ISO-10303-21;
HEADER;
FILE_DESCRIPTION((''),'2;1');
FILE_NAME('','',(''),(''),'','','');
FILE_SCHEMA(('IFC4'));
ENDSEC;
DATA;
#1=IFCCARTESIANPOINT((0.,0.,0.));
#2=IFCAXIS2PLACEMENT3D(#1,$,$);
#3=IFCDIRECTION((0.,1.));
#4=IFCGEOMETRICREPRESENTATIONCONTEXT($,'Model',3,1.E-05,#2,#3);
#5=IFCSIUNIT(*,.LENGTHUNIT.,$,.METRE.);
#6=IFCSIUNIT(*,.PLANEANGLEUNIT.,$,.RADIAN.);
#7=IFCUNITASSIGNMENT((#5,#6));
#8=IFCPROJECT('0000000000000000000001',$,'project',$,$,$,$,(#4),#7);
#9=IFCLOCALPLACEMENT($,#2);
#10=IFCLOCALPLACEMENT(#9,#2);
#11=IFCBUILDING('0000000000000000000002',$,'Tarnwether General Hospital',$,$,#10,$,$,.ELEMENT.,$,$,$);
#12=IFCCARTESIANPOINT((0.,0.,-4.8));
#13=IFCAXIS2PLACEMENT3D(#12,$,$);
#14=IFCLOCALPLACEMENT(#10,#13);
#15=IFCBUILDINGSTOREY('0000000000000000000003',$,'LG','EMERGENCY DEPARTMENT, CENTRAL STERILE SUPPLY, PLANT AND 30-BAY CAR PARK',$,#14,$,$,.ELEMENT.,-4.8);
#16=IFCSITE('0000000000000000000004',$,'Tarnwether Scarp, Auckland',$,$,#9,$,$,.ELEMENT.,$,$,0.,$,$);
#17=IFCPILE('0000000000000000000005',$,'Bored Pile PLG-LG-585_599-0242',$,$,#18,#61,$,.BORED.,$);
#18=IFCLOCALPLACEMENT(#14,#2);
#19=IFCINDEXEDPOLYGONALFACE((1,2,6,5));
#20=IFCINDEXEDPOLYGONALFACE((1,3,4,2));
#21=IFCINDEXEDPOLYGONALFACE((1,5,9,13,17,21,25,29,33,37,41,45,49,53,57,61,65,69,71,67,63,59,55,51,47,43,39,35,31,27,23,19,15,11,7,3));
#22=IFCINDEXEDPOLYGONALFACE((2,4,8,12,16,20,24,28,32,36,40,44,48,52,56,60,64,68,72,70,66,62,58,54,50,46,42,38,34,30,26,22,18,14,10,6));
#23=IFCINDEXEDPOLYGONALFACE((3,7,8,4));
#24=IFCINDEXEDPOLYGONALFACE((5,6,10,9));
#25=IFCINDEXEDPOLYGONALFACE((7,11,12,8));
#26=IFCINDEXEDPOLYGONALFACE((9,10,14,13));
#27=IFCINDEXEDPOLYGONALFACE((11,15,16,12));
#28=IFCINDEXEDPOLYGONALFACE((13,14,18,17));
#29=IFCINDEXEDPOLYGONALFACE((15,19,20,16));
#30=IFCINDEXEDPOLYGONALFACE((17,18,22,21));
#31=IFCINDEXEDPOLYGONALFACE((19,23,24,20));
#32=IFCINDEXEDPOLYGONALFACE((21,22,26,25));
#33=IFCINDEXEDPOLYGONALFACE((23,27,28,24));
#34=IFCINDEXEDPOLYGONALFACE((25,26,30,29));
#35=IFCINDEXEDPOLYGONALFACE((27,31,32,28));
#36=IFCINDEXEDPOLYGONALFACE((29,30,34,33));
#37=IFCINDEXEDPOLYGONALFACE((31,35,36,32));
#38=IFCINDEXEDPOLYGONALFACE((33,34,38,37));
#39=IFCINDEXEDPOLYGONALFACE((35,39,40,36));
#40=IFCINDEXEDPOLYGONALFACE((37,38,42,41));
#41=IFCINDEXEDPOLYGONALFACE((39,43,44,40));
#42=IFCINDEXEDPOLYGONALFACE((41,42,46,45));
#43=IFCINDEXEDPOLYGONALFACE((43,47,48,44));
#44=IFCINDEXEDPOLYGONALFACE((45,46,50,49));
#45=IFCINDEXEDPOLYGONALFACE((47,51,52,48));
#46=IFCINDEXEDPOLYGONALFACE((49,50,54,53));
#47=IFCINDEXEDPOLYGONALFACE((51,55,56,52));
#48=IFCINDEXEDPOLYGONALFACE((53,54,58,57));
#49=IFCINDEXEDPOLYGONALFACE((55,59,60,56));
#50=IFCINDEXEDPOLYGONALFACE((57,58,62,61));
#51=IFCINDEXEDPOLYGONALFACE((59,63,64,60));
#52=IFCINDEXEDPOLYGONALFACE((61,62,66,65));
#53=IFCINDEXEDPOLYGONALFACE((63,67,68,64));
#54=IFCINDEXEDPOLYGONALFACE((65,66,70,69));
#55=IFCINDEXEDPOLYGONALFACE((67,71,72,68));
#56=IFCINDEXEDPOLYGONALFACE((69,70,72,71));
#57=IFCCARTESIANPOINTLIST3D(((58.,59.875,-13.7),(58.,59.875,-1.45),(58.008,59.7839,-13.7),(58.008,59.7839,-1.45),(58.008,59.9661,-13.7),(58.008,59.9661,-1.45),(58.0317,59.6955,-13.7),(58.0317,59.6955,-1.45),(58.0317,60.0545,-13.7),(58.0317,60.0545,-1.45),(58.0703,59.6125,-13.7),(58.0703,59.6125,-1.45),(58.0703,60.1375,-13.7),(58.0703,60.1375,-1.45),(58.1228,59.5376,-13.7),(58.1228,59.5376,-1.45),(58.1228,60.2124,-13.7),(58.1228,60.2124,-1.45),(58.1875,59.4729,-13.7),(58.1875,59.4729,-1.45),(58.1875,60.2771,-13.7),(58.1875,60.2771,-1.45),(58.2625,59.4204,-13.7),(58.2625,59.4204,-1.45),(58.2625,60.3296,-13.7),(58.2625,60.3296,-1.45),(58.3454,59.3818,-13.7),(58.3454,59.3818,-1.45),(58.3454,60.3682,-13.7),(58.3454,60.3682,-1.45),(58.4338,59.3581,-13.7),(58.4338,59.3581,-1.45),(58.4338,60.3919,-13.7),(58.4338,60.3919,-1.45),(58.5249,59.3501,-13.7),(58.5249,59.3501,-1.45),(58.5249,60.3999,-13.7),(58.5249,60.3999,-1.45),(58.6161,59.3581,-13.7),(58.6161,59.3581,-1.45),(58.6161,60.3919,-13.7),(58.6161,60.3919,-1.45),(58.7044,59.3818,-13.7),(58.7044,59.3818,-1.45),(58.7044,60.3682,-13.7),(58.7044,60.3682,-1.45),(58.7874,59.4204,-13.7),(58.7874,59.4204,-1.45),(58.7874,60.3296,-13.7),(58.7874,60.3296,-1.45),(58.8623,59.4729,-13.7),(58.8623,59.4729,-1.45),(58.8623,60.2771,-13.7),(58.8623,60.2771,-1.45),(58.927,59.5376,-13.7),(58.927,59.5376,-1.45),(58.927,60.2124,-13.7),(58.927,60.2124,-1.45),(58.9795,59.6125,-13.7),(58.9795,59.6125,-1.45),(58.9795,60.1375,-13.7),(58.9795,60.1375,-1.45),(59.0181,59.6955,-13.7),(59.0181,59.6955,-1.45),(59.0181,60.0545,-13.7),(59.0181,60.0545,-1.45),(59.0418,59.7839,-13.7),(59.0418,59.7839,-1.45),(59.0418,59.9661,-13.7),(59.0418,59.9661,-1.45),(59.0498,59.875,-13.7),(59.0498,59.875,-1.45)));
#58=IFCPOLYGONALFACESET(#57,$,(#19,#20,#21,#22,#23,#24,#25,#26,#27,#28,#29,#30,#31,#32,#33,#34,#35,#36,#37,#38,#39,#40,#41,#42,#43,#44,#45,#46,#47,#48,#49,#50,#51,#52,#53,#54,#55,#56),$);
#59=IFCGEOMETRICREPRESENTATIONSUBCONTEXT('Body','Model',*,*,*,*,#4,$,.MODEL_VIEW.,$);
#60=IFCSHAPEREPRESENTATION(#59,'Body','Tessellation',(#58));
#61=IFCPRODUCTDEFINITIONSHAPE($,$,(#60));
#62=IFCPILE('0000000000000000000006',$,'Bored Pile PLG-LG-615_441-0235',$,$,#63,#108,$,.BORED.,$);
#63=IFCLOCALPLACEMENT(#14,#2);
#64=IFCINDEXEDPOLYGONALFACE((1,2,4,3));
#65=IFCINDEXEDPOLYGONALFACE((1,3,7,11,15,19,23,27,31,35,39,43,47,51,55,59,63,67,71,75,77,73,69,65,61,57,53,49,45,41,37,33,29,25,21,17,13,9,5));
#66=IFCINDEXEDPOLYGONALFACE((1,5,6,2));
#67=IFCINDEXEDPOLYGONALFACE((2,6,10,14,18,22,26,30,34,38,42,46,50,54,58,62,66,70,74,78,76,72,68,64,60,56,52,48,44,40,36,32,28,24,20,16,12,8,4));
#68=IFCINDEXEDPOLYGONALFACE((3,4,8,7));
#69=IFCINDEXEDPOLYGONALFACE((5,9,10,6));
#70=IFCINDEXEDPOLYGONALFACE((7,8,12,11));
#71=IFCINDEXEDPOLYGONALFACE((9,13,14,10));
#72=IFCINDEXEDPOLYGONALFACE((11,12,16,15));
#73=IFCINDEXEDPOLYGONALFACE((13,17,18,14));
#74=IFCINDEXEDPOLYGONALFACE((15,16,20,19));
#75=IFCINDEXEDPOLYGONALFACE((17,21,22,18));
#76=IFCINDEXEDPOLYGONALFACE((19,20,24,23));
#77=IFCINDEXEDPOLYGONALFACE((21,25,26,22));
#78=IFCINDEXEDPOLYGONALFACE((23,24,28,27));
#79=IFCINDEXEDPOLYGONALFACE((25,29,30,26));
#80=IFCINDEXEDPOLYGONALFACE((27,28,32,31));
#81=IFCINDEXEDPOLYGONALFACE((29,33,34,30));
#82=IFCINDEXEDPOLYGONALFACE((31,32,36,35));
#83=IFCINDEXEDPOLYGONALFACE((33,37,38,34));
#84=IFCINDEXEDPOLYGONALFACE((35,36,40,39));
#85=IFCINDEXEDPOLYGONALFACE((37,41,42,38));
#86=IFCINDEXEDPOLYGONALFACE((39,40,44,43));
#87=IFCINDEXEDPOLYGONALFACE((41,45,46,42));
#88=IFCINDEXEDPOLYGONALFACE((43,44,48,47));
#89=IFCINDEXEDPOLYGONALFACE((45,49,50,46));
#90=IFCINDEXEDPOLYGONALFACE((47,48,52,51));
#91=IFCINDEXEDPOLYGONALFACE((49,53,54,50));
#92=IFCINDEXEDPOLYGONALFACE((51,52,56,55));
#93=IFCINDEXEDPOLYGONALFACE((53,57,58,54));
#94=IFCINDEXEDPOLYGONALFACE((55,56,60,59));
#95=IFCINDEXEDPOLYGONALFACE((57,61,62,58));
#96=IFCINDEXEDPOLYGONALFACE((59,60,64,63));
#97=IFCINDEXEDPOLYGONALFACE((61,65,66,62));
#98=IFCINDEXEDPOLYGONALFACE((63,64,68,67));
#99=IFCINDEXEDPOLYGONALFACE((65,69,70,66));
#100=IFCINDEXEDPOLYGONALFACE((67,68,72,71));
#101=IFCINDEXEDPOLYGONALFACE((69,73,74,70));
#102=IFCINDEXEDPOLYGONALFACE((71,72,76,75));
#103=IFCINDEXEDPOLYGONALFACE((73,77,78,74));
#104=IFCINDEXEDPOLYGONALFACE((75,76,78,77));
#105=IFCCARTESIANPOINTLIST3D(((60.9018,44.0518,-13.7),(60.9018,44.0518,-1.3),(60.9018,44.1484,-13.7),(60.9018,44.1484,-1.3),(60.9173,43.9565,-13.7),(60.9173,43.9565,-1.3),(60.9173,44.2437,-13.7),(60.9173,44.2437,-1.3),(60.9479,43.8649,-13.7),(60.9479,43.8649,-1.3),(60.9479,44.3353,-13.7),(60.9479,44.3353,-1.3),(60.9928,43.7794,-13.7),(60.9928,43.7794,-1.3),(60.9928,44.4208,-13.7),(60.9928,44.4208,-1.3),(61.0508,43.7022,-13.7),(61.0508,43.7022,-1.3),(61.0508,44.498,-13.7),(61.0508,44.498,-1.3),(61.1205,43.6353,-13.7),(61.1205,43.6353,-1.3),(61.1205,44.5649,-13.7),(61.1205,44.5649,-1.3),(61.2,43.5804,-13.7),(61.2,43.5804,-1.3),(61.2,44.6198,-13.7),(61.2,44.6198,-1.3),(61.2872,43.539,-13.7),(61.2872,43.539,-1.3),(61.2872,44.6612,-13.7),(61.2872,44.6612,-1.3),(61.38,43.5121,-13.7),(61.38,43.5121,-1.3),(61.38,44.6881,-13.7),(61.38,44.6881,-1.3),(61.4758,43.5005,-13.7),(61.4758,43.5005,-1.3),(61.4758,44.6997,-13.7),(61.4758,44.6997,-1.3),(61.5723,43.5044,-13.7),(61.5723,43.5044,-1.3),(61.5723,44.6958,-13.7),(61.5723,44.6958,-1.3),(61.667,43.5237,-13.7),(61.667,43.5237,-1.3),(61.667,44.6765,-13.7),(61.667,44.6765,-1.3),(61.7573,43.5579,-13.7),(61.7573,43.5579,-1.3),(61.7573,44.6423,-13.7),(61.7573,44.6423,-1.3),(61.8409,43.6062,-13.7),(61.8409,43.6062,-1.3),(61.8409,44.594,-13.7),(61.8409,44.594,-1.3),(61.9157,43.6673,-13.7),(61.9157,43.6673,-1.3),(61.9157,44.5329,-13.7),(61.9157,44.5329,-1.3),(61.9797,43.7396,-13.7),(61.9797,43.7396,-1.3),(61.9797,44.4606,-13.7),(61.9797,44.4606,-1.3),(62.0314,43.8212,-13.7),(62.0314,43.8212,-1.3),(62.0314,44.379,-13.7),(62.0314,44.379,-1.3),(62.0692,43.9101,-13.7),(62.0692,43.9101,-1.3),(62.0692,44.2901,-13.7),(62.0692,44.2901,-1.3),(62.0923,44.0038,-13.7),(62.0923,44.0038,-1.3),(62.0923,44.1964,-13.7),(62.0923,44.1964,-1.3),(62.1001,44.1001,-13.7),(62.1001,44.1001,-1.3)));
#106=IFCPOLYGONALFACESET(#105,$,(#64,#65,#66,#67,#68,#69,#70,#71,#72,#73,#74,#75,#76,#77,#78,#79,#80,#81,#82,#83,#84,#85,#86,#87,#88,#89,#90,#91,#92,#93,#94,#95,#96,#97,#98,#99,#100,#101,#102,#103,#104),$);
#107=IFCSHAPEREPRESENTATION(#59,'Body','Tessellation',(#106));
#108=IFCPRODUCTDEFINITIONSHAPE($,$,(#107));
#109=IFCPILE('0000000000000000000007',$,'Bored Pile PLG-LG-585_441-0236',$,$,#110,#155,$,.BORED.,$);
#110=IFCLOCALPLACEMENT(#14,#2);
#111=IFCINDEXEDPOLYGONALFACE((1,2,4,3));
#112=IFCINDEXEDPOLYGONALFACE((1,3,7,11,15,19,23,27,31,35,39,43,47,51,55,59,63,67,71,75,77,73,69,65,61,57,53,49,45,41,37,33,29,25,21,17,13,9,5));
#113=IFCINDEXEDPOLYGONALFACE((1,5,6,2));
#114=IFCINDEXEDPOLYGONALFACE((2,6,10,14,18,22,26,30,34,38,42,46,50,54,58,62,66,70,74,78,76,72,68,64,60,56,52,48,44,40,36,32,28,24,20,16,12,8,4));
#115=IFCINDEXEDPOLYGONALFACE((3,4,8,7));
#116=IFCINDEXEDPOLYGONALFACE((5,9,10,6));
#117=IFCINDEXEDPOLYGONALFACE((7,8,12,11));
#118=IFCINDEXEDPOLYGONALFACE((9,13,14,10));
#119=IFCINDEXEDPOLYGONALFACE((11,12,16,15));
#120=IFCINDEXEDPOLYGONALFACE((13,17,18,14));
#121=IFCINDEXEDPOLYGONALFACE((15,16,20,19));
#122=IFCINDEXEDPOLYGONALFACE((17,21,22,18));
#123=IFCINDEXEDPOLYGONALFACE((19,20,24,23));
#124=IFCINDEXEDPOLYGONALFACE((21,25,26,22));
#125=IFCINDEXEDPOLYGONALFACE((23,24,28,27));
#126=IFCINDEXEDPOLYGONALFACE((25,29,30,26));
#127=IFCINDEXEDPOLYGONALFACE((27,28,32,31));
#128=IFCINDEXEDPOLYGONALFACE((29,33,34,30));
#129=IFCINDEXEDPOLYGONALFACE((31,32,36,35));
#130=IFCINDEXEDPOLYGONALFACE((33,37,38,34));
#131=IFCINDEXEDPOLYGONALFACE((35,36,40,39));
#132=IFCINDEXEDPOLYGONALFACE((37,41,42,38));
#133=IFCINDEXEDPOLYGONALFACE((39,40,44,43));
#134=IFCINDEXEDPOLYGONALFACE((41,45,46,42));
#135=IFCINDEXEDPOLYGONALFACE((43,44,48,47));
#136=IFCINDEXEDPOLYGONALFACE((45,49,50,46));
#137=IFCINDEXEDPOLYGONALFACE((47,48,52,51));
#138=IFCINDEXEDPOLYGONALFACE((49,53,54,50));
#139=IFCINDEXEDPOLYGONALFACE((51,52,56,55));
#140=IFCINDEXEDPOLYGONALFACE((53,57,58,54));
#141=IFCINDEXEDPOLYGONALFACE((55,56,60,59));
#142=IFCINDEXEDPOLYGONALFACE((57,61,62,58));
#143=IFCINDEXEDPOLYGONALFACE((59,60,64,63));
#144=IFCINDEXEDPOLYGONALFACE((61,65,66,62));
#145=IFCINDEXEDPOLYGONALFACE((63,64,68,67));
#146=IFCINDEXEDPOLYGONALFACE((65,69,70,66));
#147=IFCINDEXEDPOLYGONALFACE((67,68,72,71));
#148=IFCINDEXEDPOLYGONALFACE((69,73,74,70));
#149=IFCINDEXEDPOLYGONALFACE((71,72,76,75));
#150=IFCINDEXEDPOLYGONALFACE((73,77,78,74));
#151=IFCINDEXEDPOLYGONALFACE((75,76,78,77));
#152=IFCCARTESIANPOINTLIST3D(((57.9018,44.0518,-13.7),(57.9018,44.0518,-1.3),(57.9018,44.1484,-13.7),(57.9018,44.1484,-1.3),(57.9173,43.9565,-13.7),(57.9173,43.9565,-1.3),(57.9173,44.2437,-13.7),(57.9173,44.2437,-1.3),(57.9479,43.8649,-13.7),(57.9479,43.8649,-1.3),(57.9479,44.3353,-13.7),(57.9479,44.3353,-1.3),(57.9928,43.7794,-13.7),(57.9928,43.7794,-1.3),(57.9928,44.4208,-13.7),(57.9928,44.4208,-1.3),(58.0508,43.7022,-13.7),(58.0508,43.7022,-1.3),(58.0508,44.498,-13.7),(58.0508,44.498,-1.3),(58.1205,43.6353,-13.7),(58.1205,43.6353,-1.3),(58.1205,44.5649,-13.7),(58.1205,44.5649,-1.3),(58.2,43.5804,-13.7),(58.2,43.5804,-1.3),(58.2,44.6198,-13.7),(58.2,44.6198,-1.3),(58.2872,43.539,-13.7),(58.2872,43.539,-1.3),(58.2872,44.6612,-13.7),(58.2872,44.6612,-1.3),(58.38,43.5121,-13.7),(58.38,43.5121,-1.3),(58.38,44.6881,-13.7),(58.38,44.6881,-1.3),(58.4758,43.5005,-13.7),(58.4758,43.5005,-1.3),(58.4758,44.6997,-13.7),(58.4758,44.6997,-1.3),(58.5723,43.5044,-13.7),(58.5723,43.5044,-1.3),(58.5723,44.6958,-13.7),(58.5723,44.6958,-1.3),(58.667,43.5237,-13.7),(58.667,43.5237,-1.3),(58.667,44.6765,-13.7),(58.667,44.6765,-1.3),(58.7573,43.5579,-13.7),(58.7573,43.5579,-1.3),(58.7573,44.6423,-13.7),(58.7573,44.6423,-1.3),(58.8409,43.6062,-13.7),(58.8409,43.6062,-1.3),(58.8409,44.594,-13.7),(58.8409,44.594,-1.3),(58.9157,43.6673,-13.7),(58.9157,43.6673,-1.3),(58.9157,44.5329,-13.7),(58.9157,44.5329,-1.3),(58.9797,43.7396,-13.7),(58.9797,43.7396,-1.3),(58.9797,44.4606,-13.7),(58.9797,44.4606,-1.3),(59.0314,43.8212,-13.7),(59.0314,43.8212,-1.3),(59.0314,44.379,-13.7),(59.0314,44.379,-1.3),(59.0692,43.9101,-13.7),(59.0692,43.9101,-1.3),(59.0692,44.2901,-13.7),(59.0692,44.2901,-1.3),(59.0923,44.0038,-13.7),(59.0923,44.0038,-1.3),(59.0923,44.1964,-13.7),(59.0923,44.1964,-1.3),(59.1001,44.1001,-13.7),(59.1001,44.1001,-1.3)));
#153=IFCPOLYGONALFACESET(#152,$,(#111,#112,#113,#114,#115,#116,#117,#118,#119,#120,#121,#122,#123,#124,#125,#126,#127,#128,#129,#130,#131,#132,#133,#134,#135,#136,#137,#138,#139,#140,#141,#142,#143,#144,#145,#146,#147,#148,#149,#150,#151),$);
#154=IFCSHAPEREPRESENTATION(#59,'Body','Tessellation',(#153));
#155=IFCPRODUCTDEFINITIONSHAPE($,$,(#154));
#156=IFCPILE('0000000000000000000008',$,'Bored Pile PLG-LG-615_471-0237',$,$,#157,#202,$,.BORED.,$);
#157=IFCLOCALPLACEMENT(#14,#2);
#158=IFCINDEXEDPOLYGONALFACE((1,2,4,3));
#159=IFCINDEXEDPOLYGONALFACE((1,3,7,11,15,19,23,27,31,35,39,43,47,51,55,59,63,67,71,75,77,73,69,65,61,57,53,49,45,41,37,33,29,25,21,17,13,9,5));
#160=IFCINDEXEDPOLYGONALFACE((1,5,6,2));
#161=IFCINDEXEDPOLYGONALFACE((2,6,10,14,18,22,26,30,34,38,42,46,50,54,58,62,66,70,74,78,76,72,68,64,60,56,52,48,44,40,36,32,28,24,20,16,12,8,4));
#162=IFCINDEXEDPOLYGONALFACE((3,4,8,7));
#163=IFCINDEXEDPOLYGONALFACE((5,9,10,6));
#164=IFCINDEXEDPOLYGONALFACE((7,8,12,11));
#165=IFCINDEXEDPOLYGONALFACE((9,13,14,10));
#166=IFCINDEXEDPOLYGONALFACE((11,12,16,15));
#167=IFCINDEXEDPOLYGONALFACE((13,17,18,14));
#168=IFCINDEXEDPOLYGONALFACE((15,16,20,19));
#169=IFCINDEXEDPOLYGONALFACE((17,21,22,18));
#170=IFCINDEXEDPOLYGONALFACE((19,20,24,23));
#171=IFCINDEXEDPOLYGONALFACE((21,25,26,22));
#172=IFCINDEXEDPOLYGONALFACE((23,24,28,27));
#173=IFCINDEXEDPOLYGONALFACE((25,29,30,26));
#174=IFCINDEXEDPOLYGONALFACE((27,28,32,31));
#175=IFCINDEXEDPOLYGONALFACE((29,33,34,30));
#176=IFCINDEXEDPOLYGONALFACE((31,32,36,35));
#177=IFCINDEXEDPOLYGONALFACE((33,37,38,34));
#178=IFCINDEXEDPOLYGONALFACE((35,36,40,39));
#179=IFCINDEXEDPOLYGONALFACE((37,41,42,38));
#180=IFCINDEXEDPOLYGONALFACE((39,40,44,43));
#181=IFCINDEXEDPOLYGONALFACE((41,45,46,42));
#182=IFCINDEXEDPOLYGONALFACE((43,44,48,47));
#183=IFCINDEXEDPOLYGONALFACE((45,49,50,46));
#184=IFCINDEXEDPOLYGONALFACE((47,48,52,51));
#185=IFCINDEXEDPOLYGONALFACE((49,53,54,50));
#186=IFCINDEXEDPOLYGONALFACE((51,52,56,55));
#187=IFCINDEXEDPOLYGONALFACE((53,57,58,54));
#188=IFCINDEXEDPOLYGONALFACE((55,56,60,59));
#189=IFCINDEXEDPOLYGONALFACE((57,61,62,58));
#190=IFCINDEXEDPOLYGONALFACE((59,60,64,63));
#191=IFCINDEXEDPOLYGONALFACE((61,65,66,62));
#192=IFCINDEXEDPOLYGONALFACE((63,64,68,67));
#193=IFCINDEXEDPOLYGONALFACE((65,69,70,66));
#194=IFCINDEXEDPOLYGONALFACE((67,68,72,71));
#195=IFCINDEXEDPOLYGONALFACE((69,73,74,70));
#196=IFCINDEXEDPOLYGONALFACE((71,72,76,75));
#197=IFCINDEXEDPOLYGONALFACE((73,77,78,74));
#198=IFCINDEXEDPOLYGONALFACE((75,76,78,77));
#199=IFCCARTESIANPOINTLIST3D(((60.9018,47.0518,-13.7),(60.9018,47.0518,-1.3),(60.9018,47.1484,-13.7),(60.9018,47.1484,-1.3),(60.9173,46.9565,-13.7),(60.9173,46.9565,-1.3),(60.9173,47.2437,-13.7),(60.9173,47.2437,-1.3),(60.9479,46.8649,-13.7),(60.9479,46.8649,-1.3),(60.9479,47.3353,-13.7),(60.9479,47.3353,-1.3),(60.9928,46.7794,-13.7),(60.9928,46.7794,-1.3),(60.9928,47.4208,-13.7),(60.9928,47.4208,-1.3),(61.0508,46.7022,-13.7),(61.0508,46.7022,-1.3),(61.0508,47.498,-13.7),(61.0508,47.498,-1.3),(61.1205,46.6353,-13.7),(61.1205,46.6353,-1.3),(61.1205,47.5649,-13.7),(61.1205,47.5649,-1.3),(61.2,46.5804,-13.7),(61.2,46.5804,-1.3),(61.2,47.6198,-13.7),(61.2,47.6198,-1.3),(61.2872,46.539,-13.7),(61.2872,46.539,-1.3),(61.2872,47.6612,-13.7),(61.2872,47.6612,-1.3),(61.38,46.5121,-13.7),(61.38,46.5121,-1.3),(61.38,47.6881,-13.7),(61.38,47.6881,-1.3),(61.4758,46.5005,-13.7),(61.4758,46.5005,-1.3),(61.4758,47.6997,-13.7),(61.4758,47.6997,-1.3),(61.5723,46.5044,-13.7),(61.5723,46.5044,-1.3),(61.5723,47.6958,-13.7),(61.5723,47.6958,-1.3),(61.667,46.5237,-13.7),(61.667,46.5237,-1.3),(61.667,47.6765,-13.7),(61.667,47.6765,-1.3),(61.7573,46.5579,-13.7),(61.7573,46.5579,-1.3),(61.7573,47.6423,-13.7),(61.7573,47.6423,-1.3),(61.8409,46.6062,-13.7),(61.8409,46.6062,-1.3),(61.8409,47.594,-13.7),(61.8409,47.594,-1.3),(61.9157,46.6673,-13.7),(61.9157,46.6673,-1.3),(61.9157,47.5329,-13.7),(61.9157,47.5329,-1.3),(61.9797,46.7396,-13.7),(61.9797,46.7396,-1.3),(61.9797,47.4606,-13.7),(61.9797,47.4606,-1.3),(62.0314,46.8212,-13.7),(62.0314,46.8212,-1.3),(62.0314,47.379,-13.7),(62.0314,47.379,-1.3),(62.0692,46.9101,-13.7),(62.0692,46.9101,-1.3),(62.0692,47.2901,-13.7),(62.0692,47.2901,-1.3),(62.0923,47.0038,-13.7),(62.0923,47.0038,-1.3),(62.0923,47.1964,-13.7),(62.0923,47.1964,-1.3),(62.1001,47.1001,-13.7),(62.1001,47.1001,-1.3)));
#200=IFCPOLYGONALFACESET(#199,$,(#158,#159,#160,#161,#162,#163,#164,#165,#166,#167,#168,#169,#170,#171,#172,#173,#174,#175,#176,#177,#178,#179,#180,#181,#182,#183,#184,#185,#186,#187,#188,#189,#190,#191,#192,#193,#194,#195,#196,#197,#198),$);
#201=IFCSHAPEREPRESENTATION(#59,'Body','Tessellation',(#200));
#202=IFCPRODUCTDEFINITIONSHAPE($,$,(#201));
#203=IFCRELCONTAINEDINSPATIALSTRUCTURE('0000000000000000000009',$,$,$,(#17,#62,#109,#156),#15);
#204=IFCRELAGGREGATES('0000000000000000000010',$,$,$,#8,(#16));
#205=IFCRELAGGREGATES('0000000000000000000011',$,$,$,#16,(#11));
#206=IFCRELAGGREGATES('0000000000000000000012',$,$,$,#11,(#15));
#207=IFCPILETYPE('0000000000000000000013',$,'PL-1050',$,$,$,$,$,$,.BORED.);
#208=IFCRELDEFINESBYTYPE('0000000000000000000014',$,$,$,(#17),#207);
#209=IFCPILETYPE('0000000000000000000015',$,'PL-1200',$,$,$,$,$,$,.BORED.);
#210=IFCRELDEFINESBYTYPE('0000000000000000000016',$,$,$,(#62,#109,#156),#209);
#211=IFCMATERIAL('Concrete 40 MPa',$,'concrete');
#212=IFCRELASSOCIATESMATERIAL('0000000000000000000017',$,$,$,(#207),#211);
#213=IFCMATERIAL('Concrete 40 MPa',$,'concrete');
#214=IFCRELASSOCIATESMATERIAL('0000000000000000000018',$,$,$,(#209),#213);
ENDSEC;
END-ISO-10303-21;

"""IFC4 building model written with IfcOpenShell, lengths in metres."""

from ifc_helpers import new_model, si_unit, direction, frame, origin, origin_2d, place, context, subcontext, project, spatial, circle, extrude, material, material_profile, profile_set, type_object, element, save


model = new_model("IFC4")

# Units and contexts
model_context = context("Model", 3, precision=1e-05, world=origin(), true_north=direction((0.0, 1.0)))
body_context = subcontext(model_context, "Body", "Model", "MODEL_VIEW")
ifc_project = project(units=[si_unit("LENGTHUNIT", "METRE"), si_unit("PLANEANGLEUNIT", "RADIAN")], contexts=[model_context])

# Site, building, storey
site_placement = place(None, origin())
site = spatial("IfcSite", under=ifc_project, at=site_placement, Name="Tarnwether Scarp, Auckland", CompositionType="ELEMENT", RefElevation=0.0)
building_placement = place(site_placement, origin())
building = spatial("IfcBuilding", under=site, at=building_placement, Name="Tarnwether General Hospital", CompositionType="ELEMENT")
storey_placement = place(building_placement, frame((0.0, 0.0, -4.8)))
storey = spatial("IfcBuildingStorey", under=building, at=storey_placement, Name="LG", Description="EMERGENCY DEPARTMENT, CENTRAL STERILE SUPPLY, PLANT AND 30-BAY CAR PARK", CompositionType="ELEMENT", Elevation=-4.8)

# Piles
ifc_material_1 = material(Name="Concrete 40 MPa", Category="concrete")
ifc_material_profile_1 = material_profile(ifc_material_1, circle(Radius=0.5249, at=origin_2d()), Name="PILE-D1050")
ifc_profile_set_1 = profile_set([ifc_material_profile_1], Name="Concrete 40 MPa")
pile_type_1 = type_object("IfcPileType", Name="PL-1050", PredefinedType="BORED", material=ifc_profile_set_1)
for number, where, z_axis, x_axis, name in (
    (1, (58.5249, 59.875, -1.45), (0.0, 0.0, -1.0), (1.0, 0.0, 0.0), "Bored Pile PLG-LG-585_599-0242"),
):
    element("IfcPile", number, at=place(storey_placement, frame(where, z_axis=z_axis, x_axis=x_axis)), inside=storey, type_object=pile_type_1, Name=name, PredefinedType="BORED", context=body_context, shape_type="SweptSolid", body=[
        extrude(circle(Radius=0.5249, at=origin_2d()), origin(), (0.0, 0.0, 1.0), 12.25),
    ])
ifc_material_2 = material(Name="Concrete 40 MPa", Category="concrete")
ifc_material_profile_2 = material_profile(ifc_material_2, circle(Radius=0.6001, at=origin_2d()), Name="PILE-D1200")
ifc_profile_set_2 = profile_set([ifc_material_profile_2], Name="Concrete 40 MPa")
pile_type_2 = type_object("IfcPileType", Name="PL-1200", PredefinedType="BORED", material=ifc_profile_set_2)
for number, where, z_axis, x_axis, name in (
    (2, (61.5, 44.1001, -1.3), (0.0, 0.0, -1.0), (1.0, 0.0, 0.0), "Bored Pile PLG-LG-615_441-0235"),
    (3, (58.5, 44.1001, -1.3), (0.0, 0.0, -1.0), (1.0, 0.0, 0.0), "Bored Pile PLG-LG-585_441-0236"),
    (4, (61.5, 47.1001, -1.3), (0.0, 0.0, -1.0), (1.0, 0.0, 0.0), "Bored Pile PLG-LG-615_471-0237"),
):
    element("IfcPile", number, at=place(storey_placement, frame(where, z_axis=z_axis, x_axis=x_axis)), inside=storey, type_object=pile_type_2, Name=name, PredefinedType="BORED", context=body_context, shape_type="SweptSolid", body=[
        extrude(circle(Radius=0.6001, at=origin_2d()), origin(), (0.0, 0.0, 1.0), 12.3999),
    ])

save(model, "model.ifc")
